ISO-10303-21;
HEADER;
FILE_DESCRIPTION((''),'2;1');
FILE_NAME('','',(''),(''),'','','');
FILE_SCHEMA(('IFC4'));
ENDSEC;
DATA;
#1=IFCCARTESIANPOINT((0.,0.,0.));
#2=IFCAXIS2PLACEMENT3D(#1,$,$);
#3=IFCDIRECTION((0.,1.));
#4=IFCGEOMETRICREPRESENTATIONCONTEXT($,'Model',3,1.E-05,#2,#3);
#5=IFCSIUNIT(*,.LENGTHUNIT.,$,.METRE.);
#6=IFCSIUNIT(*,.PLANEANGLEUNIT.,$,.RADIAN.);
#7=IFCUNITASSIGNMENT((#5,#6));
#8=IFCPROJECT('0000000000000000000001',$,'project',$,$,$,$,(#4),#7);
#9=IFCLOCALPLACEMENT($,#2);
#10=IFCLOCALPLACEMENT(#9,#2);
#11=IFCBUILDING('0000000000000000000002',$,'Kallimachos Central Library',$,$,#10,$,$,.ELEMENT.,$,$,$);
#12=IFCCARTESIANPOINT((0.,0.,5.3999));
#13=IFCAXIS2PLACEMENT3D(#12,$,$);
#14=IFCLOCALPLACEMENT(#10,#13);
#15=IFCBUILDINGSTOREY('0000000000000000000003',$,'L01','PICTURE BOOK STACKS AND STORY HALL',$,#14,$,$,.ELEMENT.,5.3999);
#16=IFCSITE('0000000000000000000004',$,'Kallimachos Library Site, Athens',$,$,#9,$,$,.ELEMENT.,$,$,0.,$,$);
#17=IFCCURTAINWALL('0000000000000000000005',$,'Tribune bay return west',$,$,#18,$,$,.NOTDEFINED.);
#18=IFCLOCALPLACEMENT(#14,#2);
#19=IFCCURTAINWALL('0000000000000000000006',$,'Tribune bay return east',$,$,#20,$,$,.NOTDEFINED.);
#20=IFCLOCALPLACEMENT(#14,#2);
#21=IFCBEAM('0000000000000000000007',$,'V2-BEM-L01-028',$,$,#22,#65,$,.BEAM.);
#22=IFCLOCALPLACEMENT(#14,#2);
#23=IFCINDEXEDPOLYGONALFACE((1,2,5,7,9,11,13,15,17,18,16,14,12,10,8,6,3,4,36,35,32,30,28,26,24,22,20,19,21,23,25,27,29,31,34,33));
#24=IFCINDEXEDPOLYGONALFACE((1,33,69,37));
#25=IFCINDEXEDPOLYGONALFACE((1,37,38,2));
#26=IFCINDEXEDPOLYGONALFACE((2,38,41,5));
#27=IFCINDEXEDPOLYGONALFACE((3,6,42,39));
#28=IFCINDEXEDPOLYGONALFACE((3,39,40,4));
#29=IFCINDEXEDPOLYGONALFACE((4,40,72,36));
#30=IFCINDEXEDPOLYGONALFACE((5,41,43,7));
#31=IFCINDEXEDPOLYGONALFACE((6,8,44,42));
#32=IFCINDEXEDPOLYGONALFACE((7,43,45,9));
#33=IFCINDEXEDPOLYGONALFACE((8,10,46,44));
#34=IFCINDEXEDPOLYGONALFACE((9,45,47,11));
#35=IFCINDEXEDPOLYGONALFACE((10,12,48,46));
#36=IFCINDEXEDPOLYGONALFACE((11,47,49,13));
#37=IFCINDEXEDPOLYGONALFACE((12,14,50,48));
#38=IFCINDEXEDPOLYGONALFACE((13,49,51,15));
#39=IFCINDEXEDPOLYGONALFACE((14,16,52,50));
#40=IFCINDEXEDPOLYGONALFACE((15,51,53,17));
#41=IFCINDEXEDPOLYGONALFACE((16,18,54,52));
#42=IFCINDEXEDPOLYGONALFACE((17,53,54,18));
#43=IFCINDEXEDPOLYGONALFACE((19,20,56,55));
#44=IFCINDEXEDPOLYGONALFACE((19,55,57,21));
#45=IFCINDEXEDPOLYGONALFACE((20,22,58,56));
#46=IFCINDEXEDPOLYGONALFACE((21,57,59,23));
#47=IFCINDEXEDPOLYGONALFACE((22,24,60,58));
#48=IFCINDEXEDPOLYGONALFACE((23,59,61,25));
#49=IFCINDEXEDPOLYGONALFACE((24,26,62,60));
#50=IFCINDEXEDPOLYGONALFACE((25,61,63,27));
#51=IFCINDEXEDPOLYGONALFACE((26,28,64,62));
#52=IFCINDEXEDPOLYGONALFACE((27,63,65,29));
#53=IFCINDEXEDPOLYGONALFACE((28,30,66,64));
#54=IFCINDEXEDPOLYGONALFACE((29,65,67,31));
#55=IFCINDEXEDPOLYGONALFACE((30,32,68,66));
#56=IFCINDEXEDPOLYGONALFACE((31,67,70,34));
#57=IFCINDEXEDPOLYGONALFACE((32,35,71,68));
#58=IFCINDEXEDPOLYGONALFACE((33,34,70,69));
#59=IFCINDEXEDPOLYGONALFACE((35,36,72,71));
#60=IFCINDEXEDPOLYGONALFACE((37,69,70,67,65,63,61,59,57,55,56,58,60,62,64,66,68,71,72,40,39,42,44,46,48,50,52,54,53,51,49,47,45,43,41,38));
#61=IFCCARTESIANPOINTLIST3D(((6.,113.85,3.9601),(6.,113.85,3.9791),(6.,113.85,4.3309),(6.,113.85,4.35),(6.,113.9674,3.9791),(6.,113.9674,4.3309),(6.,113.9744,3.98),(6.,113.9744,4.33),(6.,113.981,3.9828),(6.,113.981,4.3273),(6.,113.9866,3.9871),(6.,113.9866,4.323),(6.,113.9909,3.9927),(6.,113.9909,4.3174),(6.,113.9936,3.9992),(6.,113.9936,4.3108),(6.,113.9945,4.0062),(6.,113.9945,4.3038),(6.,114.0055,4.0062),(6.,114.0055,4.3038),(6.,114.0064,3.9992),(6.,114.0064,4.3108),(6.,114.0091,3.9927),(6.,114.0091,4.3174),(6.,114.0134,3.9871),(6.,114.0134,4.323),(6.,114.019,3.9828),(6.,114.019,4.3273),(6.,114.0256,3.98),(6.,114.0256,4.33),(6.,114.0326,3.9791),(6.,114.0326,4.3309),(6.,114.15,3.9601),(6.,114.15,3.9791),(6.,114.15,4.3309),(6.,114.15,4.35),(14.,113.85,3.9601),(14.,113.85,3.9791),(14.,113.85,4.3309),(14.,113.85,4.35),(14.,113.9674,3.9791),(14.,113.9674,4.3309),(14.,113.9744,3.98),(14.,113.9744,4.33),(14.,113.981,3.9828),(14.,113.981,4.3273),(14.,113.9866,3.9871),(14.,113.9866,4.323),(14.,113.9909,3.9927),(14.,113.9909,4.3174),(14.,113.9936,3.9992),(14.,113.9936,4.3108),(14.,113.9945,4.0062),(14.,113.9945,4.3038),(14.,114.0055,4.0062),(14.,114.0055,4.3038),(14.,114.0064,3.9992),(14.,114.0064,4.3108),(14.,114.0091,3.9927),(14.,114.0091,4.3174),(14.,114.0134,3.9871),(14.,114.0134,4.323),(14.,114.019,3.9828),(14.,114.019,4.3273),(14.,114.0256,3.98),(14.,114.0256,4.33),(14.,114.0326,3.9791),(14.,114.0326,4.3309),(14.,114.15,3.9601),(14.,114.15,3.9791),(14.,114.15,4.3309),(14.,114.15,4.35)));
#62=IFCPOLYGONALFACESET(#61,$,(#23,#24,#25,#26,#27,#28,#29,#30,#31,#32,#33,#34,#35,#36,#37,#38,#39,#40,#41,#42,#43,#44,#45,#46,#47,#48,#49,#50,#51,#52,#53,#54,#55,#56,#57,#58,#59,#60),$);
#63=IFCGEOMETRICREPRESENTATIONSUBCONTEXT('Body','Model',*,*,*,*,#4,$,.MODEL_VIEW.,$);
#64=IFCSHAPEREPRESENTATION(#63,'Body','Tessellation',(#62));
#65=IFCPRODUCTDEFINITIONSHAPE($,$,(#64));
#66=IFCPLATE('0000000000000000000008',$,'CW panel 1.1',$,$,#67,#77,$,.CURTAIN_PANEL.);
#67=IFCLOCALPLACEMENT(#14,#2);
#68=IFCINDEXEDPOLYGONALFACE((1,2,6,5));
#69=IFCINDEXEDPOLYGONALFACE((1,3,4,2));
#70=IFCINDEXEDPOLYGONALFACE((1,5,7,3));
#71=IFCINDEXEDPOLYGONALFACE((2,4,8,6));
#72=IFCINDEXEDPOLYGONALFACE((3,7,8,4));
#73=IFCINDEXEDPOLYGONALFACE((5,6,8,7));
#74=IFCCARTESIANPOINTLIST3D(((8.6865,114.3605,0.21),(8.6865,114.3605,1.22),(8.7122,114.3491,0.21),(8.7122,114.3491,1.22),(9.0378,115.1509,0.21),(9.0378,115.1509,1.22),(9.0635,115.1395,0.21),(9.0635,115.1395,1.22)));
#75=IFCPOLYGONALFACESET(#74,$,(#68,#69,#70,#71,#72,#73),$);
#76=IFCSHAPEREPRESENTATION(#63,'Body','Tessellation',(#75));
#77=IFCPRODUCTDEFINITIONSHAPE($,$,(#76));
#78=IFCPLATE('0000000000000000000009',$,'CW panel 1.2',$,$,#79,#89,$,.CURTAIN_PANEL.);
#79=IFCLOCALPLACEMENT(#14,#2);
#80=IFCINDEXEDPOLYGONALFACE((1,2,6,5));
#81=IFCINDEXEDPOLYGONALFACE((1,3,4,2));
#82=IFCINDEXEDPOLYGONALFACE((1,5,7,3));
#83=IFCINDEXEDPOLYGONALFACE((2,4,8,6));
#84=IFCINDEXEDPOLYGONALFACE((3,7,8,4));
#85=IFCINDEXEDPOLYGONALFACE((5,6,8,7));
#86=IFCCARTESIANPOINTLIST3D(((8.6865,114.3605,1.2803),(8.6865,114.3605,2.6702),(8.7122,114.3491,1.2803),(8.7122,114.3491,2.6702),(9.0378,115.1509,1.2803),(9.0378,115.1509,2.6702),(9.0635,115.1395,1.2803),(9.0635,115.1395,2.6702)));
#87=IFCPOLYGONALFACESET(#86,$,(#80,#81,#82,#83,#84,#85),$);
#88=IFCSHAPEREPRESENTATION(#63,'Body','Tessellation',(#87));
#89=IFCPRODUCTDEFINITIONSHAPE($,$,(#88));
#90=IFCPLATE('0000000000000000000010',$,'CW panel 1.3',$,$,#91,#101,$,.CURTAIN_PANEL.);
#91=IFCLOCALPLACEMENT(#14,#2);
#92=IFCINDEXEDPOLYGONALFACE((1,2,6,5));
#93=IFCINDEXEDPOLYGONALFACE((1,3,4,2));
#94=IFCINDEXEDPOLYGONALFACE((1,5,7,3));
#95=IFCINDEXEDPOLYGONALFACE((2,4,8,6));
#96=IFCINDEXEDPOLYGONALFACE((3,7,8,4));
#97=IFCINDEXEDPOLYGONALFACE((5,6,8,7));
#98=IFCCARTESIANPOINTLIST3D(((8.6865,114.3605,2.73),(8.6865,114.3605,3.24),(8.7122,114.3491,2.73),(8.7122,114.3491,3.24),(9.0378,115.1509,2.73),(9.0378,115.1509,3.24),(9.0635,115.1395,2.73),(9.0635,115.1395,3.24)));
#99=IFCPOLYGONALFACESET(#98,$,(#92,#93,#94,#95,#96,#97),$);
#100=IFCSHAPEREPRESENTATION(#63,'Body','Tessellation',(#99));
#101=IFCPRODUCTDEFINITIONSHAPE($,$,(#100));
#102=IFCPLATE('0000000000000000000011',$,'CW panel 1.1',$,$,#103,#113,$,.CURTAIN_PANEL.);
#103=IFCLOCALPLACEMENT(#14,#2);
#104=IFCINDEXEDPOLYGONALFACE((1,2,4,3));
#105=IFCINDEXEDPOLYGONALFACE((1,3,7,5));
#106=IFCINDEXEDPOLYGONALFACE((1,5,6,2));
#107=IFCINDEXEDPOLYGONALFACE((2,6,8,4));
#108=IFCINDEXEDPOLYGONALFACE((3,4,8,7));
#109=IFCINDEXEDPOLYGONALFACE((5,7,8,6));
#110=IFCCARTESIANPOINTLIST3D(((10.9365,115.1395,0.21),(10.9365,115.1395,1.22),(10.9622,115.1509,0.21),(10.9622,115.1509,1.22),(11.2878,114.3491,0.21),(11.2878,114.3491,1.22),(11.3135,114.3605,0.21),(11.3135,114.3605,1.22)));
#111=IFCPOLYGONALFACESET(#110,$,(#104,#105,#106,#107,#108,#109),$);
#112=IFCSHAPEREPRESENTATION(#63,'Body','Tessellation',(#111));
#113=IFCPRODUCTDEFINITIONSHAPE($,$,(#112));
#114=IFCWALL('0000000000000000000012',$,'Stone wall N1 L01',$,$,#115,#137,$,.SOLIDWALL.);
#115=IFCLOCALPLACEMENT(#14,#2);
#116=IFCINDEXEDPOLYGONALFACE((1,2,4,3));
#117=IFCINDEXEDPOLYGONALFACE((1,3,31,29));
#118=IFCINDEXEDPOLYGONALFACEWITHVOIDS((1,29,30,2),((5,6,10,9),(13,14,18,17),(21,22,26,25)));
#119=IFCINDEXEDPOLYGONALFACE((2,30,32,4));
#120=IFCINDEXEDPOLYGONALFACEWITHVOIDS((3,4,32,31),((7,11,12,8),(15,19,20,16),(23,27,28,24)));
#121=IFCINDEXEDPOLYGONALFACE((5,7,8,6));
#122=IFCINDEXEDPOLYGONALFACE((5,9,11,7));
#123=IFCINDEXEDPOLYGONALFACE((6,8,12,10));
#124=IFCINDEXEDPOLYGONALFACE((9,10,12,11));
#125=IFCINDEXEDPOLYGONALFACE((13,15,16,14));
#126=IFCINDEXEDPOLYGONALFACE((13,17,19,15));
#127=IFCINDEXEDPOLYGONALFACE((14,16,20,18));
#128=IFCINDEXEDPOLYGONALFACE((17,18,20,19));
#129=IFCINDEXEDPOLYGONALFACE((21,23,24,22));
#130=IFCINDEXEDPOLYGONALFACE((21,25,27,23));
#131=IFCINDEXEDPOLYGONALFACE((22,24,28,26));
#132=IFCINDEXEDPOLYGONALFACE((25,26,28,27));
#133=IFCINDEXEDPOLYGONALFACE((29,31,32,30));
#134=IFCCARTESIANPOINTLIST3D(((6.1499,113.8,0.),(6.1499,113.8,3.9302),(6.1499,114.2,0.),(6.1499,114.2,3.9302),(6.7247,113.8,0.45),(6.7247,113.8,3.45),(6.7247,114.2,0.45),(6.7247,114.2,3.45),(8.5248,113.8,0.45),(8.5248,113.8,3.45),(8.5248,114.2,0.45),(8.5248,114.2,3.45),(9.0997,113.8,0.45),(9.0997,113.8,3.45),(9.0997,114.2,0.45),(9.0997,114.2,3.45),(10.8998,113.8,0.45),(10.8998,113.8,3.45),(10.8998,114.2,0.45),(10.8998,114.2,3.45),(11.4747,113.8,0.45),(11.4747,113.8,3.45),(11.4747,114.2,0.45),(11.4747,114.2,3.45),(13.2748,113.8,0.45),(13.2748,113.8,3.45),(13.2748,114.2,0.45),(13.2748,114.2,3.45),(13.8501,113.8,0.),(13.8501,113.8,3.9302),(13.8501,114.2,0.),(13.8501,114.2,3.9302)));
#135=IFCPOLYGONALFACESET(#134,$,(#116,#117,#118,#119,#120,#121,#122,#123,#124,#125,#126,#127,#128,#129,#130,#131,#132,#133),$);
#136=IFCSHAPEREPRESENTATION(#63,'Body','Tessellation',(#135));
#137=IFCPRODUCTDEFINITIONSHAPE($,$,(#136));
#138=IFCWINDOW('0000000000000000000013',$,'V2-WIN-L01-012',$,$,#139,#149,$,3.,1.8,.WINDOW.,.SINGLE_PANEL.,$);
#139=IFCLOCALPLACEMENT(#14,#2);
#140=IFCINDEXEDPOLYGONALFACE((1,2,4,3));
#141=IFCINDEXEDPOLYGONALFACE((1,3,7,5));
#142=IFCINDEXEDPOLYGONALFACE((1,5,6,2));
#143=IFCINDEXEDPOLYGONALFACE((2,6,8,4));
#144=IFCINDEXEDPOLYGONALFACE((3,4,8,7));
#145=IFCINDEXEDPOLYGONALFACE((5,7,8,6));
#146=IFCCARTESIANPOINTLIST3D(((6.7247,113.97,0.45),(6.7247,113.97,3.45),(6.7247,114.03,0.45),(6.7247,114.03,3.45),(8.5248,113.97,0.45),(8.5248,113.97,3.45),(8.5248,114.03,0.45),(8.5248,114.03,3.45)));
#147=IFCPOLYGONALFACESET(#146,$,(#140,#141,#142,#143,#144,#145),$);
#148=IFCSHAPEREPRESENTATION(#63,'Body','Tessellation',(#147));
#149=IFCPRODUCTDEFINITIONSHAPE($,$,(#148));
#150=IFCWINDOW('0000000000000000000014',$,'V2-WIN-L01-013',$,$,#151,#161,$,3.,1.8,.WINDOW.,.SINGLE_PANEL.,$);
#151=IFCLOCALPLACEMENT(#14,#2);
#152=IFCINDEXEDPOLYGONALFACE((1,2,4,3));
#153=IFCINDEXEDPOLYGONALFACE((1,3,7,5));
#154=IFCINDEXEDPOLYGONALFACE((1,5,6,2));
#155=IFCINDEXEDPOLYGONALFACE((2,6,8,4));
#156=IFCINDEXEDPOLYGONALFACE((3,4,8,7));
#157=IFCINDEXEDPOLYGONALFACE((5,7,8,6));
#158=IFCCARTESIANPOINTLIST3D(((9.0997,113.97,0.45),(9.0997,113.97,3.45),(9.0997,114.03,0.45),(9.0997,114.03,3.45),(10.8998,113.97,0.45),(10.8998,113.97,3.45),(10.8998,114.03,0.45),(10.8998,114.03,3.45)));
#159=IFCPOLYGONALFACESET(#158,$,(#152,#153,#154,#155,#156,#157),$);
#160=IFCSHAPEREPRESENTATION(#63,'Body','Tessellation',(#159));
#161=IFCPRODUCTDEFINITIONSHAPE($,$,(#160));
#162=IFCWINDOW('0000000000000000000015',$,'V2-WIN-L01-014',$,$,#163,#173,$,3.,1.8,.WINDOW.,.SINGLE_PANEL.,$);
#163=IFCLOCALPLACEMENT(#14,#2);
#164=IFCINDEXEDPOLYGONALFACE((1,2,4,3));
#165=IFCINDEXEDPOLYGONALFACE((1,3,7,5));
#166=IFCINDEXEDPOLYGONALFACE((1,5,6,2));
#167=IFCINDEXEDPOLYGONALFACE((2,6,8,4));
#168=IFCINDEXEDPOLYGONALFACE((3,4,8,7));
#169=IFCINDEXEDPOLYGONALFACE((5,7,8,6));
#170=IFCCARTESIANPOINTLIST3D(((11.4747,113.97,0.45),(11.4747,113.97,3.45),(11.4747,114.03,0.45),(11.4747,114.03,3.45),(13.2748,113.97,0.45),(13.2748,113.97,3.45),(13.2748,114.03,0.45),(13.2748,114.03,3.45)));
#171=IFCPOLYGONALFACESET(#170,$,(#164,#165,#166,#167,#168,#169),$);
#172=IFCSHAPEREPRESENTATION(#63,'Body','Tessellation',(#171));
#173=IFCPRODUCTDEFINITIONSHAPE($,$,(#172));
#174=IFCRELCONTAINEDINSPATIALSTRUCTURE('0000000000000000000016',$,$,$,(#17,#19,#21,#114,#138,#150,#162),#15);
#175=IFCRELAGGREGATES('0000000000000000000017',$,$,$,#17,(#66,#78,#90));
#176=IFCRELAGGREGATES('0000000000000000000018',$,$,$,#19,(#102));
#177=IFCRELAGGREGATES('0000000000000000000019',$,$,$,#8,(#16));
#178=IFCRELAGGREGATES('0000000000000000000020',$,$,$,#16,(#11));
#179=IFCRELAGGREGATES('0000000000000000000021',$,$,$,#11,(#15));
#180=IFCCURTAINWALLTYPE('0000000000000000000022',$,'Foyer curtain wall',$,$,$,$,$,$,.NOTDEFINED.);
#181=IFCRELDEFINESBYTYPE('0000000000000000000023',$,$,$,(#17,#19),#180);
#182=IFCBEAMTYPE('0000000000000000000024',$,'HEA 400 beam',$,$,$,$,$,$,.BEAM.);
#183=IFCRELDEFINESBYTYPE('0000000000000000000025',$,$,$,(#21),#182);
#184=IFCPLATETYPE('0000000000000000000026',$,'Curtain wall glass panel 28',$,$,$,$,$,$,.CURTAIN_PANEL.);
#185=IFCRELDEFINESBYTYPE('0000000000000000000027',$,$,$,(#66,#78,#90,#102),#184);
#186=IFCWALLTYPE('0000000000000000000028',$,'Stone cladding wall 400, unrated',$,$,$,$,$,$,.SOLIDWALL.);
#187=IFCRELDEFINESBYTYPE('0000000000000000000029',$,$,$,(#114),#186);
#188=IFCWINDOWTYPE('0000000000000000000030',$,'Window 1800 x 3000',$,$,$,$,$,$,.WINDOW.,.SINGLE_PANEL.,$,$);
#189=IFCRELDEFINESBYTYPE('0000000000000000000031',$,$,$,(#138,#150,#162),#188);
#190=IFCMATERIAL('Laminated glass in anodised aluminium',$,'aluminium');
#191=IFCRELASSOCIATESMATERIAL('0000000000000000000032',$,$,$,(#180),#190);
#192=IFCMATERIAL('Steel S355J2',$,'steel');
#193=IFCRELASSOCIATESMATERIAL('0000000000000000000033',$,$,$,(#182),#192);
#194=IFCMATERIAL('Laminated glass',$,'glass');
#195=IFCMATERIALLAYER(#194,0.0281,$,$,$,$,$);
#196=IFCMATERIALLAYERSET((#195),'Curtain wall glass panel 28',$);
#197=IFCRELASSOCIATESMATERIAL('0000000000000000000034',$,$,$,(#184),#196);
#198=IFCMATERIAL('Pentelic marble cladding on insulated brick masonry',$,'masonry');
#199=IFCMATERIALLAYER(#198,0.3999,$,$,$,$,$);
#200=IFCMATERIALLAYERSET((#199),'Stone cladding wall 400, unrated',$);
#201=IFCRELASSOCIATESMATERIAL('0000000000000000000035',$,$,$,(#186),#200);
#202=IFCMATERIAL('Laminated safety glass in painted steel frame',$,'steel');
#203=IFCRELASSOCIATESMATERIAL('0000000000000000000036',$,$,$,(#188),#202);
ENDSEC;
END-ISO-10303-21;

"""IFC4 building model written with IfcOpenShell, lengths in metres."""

from ifc_helpers import new_model, si_unit, direction, frame, frame_2d, origin, origin_2d, place, context, subcontext, project, spatial, rectangle, i_section, extrude, material, layer, layer_set, material_profile, profile_set, type_object, element, fill, aggregate, save


model = new_model("IFC4")

# Units and contexts
model_context = context("Model", 3, precision=1e-05, world=origin(), true_north=direction((0.0, 1.0)))
body_context = subcontext(model_context, "Body", "Model", "MODEL_VIEW")
ifc_project = project(units=[si_unit("LENGTHUNIT", "METRE"), si_unit("PLANEANGLEUNIT", "RADIAN")], contexts=[model_context])

# Site, building, storey
site_placement = place(None, origin())
site = spatial("IfcSite", under=ifc_project, at=site_placement, Name="Kallimachos Library Site, Athens", CompositionType="ELEMENT", RefElevation=0.0)
building_placement = place(site_placement, origin())
building = spatial("IfcBuilding", under=site, at=building_placement, Name="Kallimachos Central Library", CompositionType="ELEMENT")
storey_placement = place(building_placement, frame((0.0, 0.0, 5.3999)))
storey = spatial("IfcBuildingStorey", under=building, at=storey_placement, Name="L01", Description="PICTURE BOOK STACKS AND STORY HALL", CompositionType="ELEMENT", Elevation=5.3999)

# Curtain wall
ifc_material_1 = material(Name="Laminated glass in anodised aluminium", Category="aluminium")
curtain_wall_type = type_object("IfcCurtainWallType", Name="Foyer curtain wall", PredefinedType="NOTDEFINED", material=ifc_material_1)
curtain_wall_1_placement = place(storey_placement, origin())
curtain_wall_1 = element("IfcCurtainWall", 1, at=curtain_wall_1_placement, inside=storey, type_object=curtain_wall_type, Name="Tribune bay return west", PredefinedType="NOTDEFINED")

# Curtain wall
curtain_wall_2_placement = place(storey_placement, origin())
curtain_wall_2 = element("IfcCurtainWall", 2, at=curtain_wall_2_placement, inside=storey, type_object=curtain_wall_type, Name="Tribune bay return east", PredefinedType="NOTDEFINED")

# Beam
ifc_material_2 = material(Name="Steel S355J2", Category="steel")
ifc_material_profile_1 = material_profile(ifc_material_2, i_section(OverallWidth=0.3, OverallDepth=0.3899, WebThickness=0.011, FlangeThickness=0.019, FilletRadius=0.0271, at=origin_2d()), Name="HEA 400")
ifc_profile_set_1 = profile_set([ifc_material_profile_1], Name="Steel S355J2")
beam_type = type_object("IfcBeamType", Name="HEA 400 beam", PredefinedType="BEAM", material=ifc_profile_set_1)
beam_placement = place(storey_placement, frame((6.0, 114.0, 4.155), z_axis=(1.0, 0.0, 0.0), x_axis=(0.0, 1.0, 0.0)))
element("IfcBeam", 3, at=beam_placement, inside=storey, type_object=beam_type, Name="V2-BEM-L01-028", PredefinedType="BEAM", context=body_context, shape_type="SweptSolid", body=[
    extrude(i_section(OverallWidth=0.3, OverallDepth=0.3899, WebThickness=0.011, FlangeThickness=0.019, FilletRadius=0.0271, at=origin_2d()), origin(), (0.0, 0.0, 1.0), 8.0),
])

# Plates
ifc_material_3 = material(Name="Laminated glass", Category="glass")
ifc_layer_1 = layer(ifc_material_3, 0.0281)
ifc_layer_set_1 = layer_set([ifc_layer_1], Name="Curtain wall glass panel 28")
plate_type = type_object("IfcPlateType", Name="Curtain wall glass panel 28", PredefinedType="CURTAIN_PANEL", material=ifc_layer_set_1)
plate_1_placement = place(storey_placement, frame((8.875, 114.75, 0.21), z_axis=(0.0, 0.0, 1.0), x_axis=(0.406138, 0.913812, 0.0)))
plate_1 = element("IfcPlate", 4, at=plate_1_placement, type_object=plate_type, Name="CW panel 1.1", PredefinedType="CURTAIN_PANEL", context=body_context, shape_type="SweptSolid", body=[
    extrude(rectangle(XDim=0.865, YDim=0.0281, at=origin_2d()), origin(), (0.0, 0.0, 1.0), 1.01),
])
plate_2_placement = place(storey_placement, frame((8.875, 114.75, 1.2803), z_axis=(0.0, 0.0, 1.0), x_axis=(0.406138, 0.913812, 0.0)))
plate_2 = element("IfcPlate", 5, at=plate_2_placement, type_object=plate_type, Name="CW panel 1.2", PredefinedType="CURTAIN_PANEL", context=body_context, shape_type="SweptSolid", body=[
    extrude(rectangle(XDim=0.865, YDim=0.0281, at=origin_2d()), origin(), (0.0, 0.0, 1.0), 1.3899),
])
plate_3_placement = place(storey_placement, frame((8.875, 114.75, 2.73), z_axis=(0.0, 0.0, 1.0), x_axis=(0.406138, 0.913812, 0.0)))
plate_3 = element("IfcPlate", 6, at=plate_3_placement, type_object=plate_type, Name="CW panel 1.3", PredefinedType="CURTAIN_PANEL", context=body_context, shape_type="SweptSolid", body=[
    extrude(rectangle(XDim=0.865, YDim=0.0281, at=origin_2d()), origin(), (0.0, 0.0, 1.0), 0.51),
])
aggregate(curtain_wall_1, [plate_1, plate_2, plate_3])
plate_4_placement = place(storey_placement, frame((11.125, 114.75, 0.21), z_axis=(0.0, 0.0, 1.0), x_axis=(0.406138, -0.913812, 0.0)))
plate_4 = element("IfcPlate", 7, at=plate_4_placement, type_object=plate_type, Name="CW panel 1.1", PredefinedType="CURTAIN_PANEL", context=body_context, shape_type="SweptSolid", body=[
    extrude(rectangle(XDim=0.865, YDim=0.0281, at=origin_2d()), origin(), (0.0, 0.0, 1.0), 1.01),
])
aggregate(curtain_wall_2, [plate_4])

# Wall, openings, windows
ifc_material_4 = material(Name="Pentelic marble cladding on insulated brick masonry", Category="masonry")
ifc_layer_2 = layer(ifc_material_4, 0.3999)
ifc_layer_set_2 = layer_set([ifc_layer_2], Name="Stone cladding wall 400, unrated")
wall_type = type_object("IfcWallType", Name="Stone cladding wall 400, unrated", PredefinedType="SOLIDWALL", material=ifc_layer_set_2)
wall_placement = place(storey_placement, frame((6.1499, 114.0, 0.0), z_axis=(0.0, 0.0, 1.0), x_axis=(1.0, 0.0, 0.0)))
wall = element("IfcWall", 8, at=wall_placement, inside=storey, type_object=wall_type, Name="Stone wall N1 L01", PredefinedType="SOLIDWALL", context=body_context, shape_type="SweptSolid", body=[
    extrude(rectangle(XDim=7.7002, YDim=0.3999, at=frame_2d((3.8501, 0.0))), origin(), (0.0, 0.0, 1.0), 3.9302),
])
opening_1_placement = place(wall_placement, frame((0.575, 0.0, 0.45)))
opening_1 = element("IfcOpeningElement", 9, at=opening_1_placement, cuts=wall, PredefinedType="OPENING", context=body_context, shape_type="SweptSolid", body=[
    extrude(rectangle(XDim=1.8, YDim=3.0, at=frame_2d((0.8999, 1.5))), frame((0.0, 0.21, 0.0), z_axis=(0.0, -1.0, 0.0), x_axis=(1.0, 0.0, 0.0)), (0.0, 0.0, 1.0), 0.4199),
])
opening_2_placement = place(wall_placement, frame((2.95, 0.0, 0.45)))
opening_2 = element("IfcOpeningElement", 10, at=opening_2_placement, cuts=wall, PredefinedType="OPENING", context=body_context, shape_type="SweptSolid", body=[
    extrude(rectangle(XDim=1.8, YDim=3.0, at=frame_2d((0.8999, 1.5))), frame((0.0, 0.21, 0.0), z_axis=(0.0, -1.0, 0.0), x_axis=(1.0, 0.0, 0.0)), (0.0, 0.0, 1.0), 0.4199),
])
opening_3_placement = place(wall_placement, frame((5.325, 0.0, 0.45)))
opening_3 = element("IfcOpeningElement", 11, at=opening_3_placement, cuts=wall, PredefinedType="OPENING", context=body_context, shape_type="SweptSolid", body=[
    extrude(rectangle(XDim=1.8, YDim=3.0, at=frame_2d((0.8999, 1.5))), frame((0.0, 0.21, 0.0), z_axis=(0.0, -1.0, 0.0), x_axis=(1.0, 0.0, 0.0)), (0.0, 0.0, 1.0), 0.4199),
])
ifc_material_5 = material(Name="Laminated safety glass in painted steel frame", Category="steel")
window_type = type_object("IfcWindowType", Name="Window 1800 x 3000", PartitioningType="SINGLE_PANEL", PredefinedType="WINDOW", material=ifc_material_5)
window_1_placement = place(opening_1_placement, origin())
window_1 = element("IfcWindow", 12, at=window_1_placement, inside=storey, type_object=window_type, Name="V2-WIN-L01-012", OverallHeight=3.0, OverallWidth=1.8, PartitioningType="SINGLE_PANEL", PredefinedType="WINDOW", context=body_context, shape_type="SweptSolid", body=[
    extrude(rectangle(XDim=1.8, YDim=3.0, at=frame_2d((0.8999, 1.5))), frame((0.0, 0.03, 0.0), z_axis=(0.0, -1.0, 0.0), x_axis=(1.0, 0.0, 0.0)), (0.0, 0.0, 1.0), 0.0601),
])
fill(opening_1, window_1)
window_2_placement = place(opening_2_placement, origin())
window_2 = element("IfcWindow", 13, at=window_2_placement, inside=storey, type_object=window_type, Name="V2-WIN-L01-013", OverallHeight=3.0, OverallWidth=1.8, PartitioningType="SINGLE_PANEL", PredefinedType="WINDOW", context=body_context, shape_type="SweptSolid", body=[
    extrude(rectangle(XDim=1.8, YDim=3.0, at=frame_2d((0.8999, 1.5))), frame((0.0, 0.03, 0.0), z_axis=(0.0, -1.0, 0.0), x_axis=(1.0, 0.0, 0.0)), (0.0, 0.0, 1.0), 0.0601),
])
fill(opening_2, window_2)
window_3_placement = place(opening_3_placement, origin())
window_3 = element("IfcWindow", 14, at=window_3_placement, inside=storey, type_object=window_type, Name="V2-WIN-L01-014", OverallHeight=3.0, OverallWidth=1.8, PartitioningType="SINGLE_PANEL", PredefinedType="WINDOW", context=body_context, shape_type="SweptSolid", body=[
    extrude(rectangle(XDim=1.8, YDim=3.0, at=frame_2d((0.8999, 1.5))), frame((0.0, 0.03, 0.0), z_axis=(0.0, -1.0, 0.0), x_axis=(1.0, 0.0, 0.0)), (0.0, 0.0, 1.0), 0.0601),
])
fill(opening_3, window_3)

save(model, "model.ifc")
